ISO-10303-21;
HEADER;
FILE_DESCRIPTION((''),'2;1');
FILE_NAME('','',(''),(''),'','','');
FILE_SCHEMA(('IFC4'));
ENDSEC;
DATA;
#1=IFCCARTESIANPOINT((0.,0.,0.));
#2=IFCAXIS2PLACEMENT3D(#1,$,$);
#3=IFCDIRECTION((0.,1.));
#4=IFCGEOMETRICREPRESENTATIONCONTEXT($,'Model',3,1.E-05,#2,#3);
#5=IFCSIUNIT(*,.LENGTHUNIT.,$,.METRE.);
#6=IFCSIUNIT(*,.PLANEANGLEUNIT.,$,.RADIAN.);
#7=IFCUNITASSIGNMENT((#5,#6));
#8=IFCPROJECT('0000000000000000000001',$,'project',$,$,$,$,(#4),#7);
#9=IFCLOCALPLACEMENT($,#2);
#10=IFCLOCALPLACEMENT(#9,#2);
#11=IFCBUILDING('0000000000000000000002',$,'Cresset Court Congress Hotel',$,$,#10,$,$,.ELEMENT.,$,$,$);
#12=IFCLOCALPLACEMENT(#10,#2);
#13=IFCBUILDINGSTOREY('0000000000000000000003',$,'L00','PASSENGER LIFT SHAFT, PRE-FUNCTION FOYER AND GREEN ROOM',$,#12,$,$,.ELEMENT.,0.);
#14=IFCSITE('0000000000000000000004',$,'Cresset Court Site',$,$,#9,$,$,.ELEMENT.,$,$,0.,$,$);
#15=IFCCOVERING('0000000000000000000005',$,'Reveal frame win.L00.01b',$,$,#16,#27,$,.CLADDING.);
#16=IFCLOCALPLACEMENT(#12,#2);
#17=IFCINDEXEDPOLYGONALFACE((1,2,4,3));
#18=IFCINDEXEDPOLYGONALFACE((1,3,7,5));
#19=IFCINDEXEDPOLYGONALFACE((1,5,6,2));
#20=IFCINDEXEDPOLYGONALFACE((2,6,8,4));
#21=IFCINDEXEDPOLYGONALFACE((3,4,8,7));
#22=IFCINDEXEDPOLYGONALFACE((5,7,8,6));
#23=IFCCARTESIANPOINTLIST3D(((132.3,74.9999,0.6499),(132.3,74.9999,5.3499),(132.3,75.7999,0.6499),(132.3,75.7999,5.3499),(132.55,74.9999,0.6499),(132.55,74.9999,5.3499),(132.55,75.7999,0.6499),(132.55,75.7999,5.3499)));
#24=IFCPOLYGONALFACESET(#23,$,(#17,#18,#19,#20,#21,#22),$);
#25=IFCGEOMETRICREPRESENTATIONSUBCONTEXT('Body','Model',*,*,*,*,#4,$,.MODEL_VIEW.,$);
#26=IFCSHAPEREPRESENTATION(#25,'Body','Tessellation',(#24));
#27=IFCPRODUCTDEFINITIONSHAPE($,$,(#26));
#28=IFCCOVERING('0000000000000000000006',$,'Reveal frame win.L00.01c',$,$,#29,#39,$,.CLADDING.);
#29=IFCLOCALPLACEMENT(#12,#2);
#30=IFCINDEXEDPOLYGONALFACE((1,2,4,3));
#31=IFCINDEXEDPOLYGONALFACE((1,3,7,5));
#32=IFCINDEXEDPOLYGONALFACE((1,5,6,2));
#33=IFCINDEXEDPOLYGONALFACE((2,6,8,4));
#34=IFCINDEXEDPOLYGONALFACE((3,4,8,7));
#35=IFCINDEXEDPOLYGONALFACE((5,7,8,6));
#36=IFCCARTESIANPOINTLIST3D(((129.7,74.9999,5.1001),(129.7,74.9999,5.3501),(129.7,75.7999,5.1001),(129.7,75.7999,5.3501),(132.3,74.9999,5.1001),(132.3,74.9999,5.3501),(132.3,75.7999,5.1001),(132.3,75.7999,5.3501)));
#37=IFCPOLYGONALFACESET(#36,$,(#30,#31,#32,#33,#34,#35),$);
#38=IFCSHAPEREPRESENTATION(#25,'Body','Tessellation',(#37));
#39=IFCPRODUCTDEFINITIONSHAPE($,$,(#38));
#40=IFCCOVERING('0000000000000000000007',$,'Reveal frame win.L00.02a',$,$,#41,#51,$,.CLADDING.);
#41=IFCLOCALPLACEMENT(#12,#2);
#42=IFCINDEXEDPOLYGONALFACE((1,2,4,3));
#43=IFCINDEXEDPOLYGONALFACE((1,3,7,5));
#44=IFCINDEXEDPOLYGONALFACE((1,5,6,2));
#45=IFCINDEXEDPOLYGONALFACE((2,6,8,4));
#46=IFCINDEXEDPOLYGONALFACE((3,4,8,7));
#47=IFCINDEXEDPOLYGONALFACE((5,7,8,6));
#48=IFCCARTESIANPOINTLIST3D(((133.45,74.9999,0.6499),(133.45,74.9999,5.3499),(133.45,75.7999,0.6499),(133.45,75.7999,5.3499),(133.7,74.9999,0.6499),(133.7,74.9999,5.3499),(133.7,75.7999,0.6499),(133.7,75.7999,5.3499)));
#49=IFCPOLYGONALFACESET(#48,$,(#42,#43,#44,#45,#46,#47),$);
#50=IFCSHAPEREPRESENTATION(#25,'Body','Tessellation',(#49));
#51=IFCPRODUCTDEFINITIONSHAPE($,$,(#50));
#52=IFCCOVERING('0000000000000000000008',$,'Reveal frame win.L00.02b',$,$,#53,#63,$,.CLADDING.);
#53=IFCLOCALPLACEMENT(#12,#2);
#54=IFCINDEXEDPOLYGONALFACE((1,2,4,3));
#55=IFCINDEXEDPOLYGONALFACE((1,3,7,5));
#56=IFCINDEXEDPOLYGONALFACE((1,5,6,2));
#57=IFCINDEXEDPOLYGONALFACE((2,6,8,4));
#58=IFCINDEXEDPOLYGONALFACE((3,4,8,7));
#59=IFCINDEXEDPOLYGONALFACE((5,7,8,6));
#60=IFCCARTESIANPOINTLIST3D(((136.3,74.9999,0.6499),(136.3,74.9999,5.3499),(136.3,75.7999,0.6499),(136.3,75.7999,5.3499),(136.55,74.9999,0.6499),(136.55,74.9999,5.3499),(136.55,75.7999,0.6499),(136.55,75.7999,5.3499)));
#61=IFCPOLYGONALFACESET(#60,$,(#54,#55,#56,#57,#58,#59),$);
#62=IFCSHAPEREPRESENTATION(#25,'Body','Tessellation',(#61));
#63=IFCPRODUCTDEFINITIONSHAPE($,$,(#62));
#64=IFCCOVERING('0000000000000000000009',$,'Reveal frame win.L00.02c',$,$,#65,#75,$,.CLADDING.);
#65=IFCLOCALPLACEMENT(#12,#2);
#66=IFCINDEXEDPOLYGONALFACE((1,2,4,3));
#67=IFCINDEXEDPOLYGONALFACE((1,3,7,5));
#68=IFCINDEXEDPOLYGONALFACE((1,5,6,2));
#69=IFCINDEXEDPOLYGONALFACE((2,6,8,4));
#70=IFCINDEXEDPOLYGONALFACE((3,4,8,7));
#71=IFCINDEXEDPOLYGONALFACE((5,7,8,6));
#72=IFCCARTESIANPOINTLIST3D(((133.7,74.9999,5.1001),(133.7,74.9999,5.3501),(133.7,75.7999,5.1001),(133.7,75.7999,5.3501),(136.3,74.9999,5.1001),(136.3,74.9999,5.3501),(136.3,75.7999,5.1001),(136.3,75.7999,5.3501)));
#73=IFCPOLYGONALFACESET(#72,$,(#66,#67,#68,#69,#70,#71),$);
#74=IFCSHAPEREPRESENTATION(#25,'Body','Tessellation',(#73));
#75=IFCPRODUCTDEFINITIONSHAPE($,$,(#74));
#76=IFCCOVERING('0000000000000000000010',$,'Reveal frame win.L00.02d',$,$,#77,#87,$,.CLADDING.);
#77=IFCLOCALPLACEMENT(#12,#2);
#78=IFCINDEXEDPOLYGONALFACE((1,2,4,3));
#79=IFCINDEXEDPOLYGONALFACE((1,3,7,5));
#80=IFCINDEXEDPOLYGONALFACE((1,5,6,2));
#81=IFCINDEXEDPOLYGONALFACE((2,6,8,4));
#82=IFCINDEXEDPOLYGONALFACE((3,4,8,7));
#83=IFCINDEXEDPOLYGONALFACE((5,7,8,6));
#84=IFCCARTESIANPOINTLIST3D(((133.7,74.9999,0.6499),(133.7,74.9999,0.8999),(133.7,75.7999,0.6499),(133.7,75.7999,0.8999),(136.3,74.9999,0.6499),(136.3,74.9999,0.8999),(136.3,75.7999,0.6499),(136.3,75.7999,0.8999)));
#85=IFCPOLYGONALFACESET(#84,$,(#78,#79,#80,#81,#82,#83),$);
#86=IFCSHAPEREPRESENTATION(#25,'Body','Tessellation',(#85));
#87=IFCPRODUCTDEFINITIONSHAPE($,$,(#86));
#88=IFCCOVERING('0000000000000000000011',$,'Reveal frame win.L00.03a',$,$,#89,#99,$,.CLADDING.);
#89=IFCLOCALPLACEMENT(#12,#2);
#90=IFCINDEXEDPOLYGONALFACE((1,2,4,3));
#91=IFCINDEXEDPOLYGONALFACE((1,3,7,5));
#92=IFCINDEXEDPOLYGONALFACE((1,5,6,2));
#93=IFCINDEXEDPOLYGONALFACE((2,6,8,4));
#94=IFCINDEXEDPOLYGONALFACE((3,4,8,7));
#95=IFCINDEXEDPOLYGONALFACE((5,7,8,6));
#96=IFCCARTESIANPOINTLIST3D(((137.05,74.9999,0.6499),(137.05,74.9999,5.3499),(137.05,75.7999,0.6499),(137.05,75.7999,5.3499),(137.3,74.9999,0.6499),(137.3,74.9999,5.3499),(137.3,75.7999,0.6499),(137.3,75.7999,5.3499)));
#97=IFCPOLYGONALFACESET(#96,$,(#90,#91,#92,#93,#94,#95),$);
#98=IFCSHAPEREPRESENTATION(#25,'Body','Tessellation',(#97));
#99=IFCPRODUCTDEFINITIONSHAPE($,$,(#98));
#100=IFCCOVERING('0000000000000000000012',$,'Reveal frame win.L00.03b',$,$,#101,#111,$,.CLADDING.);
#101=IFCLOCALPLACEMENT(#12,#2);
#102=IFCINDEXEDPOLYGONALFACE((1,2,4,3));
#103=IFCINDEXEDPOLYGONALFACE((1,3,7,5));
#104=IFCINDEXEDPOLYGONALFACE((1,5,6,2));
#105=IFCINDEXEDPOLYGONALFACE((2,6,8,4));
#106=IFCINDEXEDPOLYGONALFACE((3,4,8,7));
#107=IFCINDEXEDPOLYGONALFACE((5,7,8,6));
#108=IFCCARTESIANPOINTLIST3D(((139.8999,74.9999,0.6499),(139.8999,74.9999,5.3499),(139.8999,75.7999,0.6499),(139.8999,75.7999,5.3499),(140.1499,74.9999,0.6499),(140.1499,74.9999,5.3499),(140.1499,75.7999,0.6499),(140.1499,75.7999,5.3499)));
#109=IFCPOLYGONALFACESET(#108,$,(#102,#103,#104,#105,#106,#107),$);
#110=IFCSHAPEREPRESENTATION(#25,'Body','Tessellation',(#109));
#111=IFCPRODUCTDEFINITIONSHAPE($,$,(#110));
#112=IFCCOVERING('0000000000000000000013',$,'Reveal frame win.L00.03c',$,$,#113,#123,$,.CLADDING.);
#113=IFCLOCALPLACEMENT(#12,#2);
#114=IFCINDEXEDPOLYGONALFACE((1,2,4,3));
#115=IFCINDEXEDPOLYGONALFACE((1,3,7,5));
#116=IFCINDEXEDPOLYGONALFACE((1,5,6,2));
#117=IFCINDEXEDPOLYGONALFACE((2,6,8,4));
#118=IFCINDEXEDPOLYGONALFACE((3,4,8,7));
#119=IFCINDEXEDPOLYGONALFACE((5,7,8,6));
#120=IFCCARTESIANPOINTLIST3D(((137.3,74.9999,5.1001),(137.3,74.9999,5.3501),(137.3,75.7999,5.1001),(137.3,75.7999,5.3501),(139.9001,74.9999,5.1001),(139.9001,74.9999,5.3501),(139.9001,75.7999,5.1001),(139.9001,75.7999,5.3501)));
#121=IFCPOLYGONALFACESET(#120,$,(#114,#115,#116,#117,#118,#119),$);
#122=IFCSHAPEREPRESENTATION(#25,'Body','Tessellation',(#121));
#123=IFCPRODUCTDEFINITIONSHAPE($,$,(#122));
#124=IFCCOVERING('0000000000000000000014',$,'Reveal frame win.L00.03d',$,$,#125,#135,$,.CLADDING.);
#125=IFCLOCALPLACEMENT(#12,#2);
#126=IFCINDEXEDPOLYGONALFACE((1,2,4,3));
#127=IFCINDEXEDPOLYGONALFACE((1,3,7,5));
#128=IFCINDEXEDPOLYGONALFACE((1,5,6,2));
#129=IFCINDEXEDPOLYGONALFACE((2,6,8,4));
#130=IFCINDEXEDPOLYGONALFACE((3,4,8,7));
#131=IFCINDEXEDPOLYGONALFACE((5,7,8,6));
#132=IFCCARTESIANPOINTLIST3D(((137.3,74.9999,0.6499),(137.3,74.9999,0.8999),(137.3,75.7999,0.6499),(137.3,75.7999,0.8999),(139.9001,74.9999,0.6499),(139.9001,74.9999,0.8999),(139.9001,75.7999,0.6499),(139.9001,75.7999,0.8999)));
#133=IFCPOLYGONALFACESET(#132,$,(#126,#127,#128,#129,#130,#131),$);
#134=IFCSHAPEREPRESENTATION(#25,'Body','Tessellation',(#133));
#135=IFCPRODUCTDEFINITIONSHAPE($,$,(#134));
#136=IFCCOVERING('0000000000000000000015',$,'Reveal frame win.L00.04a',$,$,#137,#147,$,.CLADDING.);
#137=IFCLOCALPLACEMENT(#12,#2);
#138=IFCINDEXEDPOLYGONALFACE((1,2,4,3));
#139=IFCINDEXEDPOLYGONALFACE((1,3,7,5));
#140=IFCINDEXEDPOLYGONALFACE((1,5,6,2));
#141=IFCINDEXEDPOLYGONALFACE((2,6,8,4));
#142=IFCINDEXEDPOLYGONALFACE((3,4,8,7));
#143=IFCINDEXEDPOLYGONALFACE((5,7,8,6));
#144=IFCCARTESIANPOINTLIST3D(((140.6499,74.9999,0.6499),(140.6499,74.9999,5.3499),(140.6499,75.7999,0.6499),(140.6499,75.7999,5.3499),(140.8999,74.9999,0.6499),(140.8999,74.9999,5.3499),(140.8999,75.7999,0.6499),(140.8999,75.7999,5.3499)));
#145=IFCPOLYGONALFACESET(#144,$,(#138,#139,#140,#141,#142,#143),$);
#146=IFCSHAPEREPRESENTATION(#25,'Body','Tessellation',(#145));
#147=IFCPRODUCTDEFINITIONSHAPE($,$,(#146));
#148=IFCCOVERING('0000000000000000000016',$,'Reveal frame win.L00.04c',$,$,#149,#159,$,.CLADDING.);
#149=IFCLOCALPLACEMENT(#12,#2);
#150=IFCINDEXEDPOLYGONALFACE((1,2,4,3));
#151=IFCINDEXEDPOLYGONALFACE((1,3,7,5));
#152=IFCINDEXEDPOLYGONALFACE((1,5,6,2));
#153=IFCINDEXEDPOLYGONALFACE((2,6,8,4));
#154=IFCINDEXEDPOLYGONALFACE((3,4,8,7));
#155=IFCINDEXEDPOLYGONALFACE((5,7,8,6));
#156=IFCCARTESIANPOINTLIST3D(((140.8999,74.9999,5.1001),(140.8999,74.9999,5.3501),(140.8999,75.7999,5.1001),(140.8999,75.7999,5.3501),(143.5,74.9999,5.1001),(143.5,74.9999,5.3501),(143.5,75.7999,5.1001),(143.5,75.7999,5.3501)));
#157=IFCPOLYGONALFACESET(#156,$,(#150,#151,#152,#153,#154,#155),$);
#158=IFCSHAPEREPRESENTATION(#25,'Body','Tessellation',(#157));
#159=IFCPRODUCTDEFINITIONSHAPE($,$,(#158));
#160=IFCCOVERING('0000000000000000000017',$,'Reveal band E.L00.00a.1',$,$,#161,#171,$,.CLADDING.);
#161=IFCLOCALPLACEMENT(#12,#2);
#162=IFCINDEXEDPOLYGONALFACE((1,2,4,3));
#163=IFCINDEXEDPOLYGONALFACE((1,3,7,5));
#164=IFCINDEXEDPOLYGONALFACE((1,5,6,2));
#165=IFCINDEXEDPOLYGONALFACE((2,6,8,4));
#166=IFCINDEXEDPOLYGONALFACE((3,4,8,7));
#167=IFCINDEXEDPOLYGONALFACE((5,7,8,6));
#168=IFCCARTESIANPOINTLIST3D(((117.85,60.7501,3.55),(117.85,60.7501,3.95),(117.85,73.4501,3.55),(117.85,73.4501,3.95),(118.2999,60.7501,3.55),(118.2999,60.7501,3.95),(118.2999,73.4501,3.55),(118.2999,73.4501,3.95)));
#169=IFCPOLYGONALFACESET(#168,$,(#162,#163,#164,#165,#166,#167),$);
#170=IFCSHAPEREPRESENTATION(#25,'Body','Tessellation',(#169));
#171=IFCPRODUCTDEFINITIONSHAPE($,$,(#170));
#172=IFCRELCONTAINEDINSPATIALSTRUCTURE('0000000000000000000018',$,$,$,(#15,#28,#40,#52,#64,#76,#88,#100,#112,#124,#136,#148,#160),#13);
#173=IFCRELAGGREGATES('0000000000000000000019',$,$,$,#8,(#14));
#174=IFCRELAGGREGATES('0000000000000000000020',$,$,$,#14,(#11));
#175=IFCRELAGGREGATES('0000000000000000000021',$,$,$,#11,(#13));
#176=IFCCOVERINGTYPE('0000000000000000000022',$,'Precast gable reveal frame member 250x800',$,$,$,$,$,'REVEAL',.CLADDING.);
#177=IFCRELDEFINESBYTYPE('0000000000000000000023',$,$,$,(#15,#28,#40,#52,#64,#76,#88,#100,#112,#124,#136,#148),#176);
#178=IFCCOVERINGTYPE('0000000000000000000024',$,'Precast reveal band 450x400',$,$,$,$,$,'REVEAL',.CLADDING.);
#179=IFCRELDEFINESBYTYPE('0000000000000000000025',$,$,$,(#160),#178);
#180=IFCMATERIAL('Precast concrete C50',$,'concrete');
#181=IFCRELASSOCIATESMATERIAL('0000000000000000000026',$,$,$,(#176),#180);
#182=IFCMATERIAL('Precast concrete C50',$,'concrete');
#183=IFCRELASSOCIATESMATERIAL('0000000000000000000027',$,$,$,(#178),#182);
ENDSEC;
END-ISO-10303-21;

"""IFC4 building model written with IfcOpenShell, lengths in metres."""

from ifc_helpers import new_model, si_unit, direction, frame, origin, origin_2d, place, context, subcontext, project, spatial, rectangle, extrude, material, type_object, element, save


model = new_model("IFC4")

# Units and contexts
model_context = context("Model", 3, precision=1e-05, world=origin(), true_north=direction((0.0, 1.0)))
body_context = subcontext(model_context, "Body", "Model", "MODEL_VIEW")
ifc_project = project(units=[si_unit("LENGTHUNIT", "METRE"), si_unit("PLANEANGLEUNIT", "RADIAN")], contexts=[model_context])

# Site, building, storey
site_placement = place(None, origin())
site = spatial("IfcSite", under=ifc_project, at=site_placement, Name="Cresset Court Site", CompositionType="ELEMENT", RefElevation=0.0)
building_placement = place(site_placement, origin())
building = spatial("IfcBuilding", under=site, at=building_placement, Name="Cresset Court Congress Hotel", CompositionType="ELEMENT")
storey_placement = place(building_placement, origin())
storey = spatial("IfcBuildingStorey", under=building, at=storey_placement, Name="L00", Description="PASSENGER LIFT SHAFT, PRE-FUNCTION FOYER AND GREEN ROOM", CompositionType="ELEMENT", Elevation=0.0)

# Coverings
ifc_material_1 = material(Name="Precast concrete C50", Category="concrete")
covering_type_1 = type_object("IfcCoveringType", Name="Precast gable reveal frame member 250x800", ElementType="REVEAL", PredefinedType="CLADDING", material=ifc_material_1)
covering_1_placement = place(storey_placement, frame((132.425, 75.3999, 0.6499), z_axis=(0.0, 0.0, 1.0), x_axis=(1.0, 0.0, 0.0)))
element("IfcCovering", 1, at=covering_1_placement, inside=storey, type_object=covering_type_1, Name="Reveal frame win.L00.01b", PredefinedType="CLADDING", context=body_context, shape_type="SweptSolid", body=[
    extrude(rectangle(XDim=0.25, YDim=0.8, at=origin_2d()), origin(), (0.0, 0.0, 1.0), 4.7),
])
covering_2_placement = place(storey_placement, frame((131.0, 75.3999, 5.1001), z_axis=(0.0, 0.0, 1.0), x_axis=(1.0, 0.0, 0.0)))
element("IfcCovering", 2, at=covering_2_placement, inside=storey, type_object=covering_type_1, Name="Reveal frame win.L00.01c", PredefinedType="CLADDING", context=body_context, shape_type="SweptSolid", body=[
    extrude(rectangle(XDim=2.6001, YDim=0.8, at=origin_2d()), origin(), (0.0, 0.0, 1.0), 0.25),
])
for number, where, z_axis, x_axis, name in (
    (3, (133.575, 75.3999, 0.6499), (0.0, 0.0, 1.0), (1.0, 0.0, 0.0), "Reveal frame win.L00.02a"),
    (4, (136.425, 75.3999, 0.6499), (0.0, 0.0, 1.0), (1.0, 0.0, 0.0), "Reveal frame win.L00.02b"),
):
    element("IfcCovering", number, at=place(storey_placement, frame(where, z_axis=z_axis, x_axis=x_axis)), inside=storey, type_object=covering_type_1, Name=name, PredefinedType="CLADDING", context=body_context, shape_type="SweptSolid", body=[
        extrude(rectangle(XDim=0.25, YDim=0.8, at=origin_2d()), origin(), (0.0, 0.0, 1.0), 4.7),
    ])
for number, where, z_axis, x_axis, name in (
    (5, (135.0, 75.3999, 5.1001), (0.0, 0.0, 1.0), (1.0, 0.0, 0.0), "Reveal frame win.L00.02c"),
    (6, (135.0, 75.3999, 0.6499), (0.0, 0.0, 1.0), (1.0, 0.0, 0.0), "Reveal frame win.L00.02d"),
):
    element("IfcCovering", number, at=place(storey_placement, frame(where, z_axis=z_axis, x_axis=x_axis)), inside=storey, type_object=covering_type_1, Name=name, PredefinedType="CLADDING", context=body_context, shape_type="SweptSolid", body=[
        extrude(rectangle(XDim=2.6001, YDim=0.8, at=origin_2d()), origin(), (0.0, 0.0, 1.0), 0.25),
    ])
for number, where, z_axis, x_axis, name in (
    (7, (137.175, 75.3999, 0.6499), (0.0, 0.0, 1.0), (1.0, 0.0, 0.0), "Reveal frame win.L00.03a"),
    (8, (140.0249, 75.3999, 0.6499), (0.0, 0.0, 1.0), (1.0, 0.0, 0.0), "Reveal frame win.L00.03b"),
):
    element("IfcCovering", number, at=place(storey_placement, frame(where, z_axis=z_axis, x_axis=x_axis)), inside=storey, type_object=covering_type_1, Name=name, PredefinedType="CLADDING", context=body_context, shape_type="SweptSolid", body=[
        extrude(rectangle(XDim=0.25, YDim=0.8, at=origin_2d()), origin(), (0.0, 0.0, 1.0), 4.7),
    ])
for number, where, z_axis, x_axis, name in (
    (9, (138.6001, 75.3999, 5.1001), (0.0, 0.0, 1.0), (1.0, 0.0, 0.0), "Reveal frame win.L00.03c"),
    (10, (138.6001, 75.3999, 0.6499), (0.0, 0.0, 1.0), (1.0, 0.0, 0.0), "Reveal frame win.L00.03d"),
):
    element("IfcCovering", number, at=place(storey_placement, frame(where, z_axis=z_axis, x_axis=x_axis)), inside=storey, type_object=covering_type_1, Name=name, PredefinedType="CLADDING", context=body_context, shape_type="SweptSolid", body=[
        extrude(rectangle(XDim=2.6001, YDim=0.8, at=origin_2d()), origin(), (0.0, 0.0, 1.0), 0.25),
    ])
covering_3_placement = place(storey_placement, frame((140.7749, 75.3999, 0.6499), z_axis=(0.0, 0.0, 1.0), x_axis=(1.0, 0.0, 0.0)))
element("IfcCovering", 11, at=covering_3_placement, inside=storey, type_object=covering_type_1, Name="Reveal frame win.L00.04a", PredefinedType="CLADDING", context=body_context, shape_type="SweptSolid", body=[
    extrude(rectangle(XDim=0.25, YDim=0.8, at=origin_2d()), origin(), (0.0, 0.0, 1.0), 4.7),
])
covering_4_placement = place(storey_placement, frame((142.2, 75.3999, 5.1001), z_axis=(0.0, 0.0, 1.0), x_axis=(1.0, 0.0, 0.0)))
element("IfcCovering", 12, at=covering_4_placement, inside=storey, type_object=covering_type_1, Name="Reveal frame win.L00.04c", PredefinedType="CLADDING", context=body_context, shape_type="SweptSolid", body=[
    extrude(rectangle(XDim=2.6001, YDim=0.8, at=origin_2d()), origin(), (0.0, 0.0, 1.0), 0.25),
])
ifc_material_2 = material(Name="Precast concrete C50", Category="concrete")
covering_type_2 = type_object("IfcCoveringType", Name="Precast reveal band 450x400", ElementType="REVEAL", PredefinedType="CLADDING", material=ifc_material_2)
covering_5_placement = place(storey_placement, frame((118.075, 67.1001, 3.55), z_axis=(0.0, 0.0, 1.0), x_axis=(0.0, -1.0, 0.0)))
element("IfcCovering", 13, at=covering_5_placement, inside=storey, type_object=covering_type_2, Name="Reveal band E.L00.00a.1", PredefinedType="CLADDING", context=body_context, shape_type="SweptSolid", body=[
    extrude(rectangle(XDim=12.7, YDim=0.45, at=origin_2d()), origin(), (0.0, 0.0, 1.0), 0.3999),
])

save(model, "model.ifc")
